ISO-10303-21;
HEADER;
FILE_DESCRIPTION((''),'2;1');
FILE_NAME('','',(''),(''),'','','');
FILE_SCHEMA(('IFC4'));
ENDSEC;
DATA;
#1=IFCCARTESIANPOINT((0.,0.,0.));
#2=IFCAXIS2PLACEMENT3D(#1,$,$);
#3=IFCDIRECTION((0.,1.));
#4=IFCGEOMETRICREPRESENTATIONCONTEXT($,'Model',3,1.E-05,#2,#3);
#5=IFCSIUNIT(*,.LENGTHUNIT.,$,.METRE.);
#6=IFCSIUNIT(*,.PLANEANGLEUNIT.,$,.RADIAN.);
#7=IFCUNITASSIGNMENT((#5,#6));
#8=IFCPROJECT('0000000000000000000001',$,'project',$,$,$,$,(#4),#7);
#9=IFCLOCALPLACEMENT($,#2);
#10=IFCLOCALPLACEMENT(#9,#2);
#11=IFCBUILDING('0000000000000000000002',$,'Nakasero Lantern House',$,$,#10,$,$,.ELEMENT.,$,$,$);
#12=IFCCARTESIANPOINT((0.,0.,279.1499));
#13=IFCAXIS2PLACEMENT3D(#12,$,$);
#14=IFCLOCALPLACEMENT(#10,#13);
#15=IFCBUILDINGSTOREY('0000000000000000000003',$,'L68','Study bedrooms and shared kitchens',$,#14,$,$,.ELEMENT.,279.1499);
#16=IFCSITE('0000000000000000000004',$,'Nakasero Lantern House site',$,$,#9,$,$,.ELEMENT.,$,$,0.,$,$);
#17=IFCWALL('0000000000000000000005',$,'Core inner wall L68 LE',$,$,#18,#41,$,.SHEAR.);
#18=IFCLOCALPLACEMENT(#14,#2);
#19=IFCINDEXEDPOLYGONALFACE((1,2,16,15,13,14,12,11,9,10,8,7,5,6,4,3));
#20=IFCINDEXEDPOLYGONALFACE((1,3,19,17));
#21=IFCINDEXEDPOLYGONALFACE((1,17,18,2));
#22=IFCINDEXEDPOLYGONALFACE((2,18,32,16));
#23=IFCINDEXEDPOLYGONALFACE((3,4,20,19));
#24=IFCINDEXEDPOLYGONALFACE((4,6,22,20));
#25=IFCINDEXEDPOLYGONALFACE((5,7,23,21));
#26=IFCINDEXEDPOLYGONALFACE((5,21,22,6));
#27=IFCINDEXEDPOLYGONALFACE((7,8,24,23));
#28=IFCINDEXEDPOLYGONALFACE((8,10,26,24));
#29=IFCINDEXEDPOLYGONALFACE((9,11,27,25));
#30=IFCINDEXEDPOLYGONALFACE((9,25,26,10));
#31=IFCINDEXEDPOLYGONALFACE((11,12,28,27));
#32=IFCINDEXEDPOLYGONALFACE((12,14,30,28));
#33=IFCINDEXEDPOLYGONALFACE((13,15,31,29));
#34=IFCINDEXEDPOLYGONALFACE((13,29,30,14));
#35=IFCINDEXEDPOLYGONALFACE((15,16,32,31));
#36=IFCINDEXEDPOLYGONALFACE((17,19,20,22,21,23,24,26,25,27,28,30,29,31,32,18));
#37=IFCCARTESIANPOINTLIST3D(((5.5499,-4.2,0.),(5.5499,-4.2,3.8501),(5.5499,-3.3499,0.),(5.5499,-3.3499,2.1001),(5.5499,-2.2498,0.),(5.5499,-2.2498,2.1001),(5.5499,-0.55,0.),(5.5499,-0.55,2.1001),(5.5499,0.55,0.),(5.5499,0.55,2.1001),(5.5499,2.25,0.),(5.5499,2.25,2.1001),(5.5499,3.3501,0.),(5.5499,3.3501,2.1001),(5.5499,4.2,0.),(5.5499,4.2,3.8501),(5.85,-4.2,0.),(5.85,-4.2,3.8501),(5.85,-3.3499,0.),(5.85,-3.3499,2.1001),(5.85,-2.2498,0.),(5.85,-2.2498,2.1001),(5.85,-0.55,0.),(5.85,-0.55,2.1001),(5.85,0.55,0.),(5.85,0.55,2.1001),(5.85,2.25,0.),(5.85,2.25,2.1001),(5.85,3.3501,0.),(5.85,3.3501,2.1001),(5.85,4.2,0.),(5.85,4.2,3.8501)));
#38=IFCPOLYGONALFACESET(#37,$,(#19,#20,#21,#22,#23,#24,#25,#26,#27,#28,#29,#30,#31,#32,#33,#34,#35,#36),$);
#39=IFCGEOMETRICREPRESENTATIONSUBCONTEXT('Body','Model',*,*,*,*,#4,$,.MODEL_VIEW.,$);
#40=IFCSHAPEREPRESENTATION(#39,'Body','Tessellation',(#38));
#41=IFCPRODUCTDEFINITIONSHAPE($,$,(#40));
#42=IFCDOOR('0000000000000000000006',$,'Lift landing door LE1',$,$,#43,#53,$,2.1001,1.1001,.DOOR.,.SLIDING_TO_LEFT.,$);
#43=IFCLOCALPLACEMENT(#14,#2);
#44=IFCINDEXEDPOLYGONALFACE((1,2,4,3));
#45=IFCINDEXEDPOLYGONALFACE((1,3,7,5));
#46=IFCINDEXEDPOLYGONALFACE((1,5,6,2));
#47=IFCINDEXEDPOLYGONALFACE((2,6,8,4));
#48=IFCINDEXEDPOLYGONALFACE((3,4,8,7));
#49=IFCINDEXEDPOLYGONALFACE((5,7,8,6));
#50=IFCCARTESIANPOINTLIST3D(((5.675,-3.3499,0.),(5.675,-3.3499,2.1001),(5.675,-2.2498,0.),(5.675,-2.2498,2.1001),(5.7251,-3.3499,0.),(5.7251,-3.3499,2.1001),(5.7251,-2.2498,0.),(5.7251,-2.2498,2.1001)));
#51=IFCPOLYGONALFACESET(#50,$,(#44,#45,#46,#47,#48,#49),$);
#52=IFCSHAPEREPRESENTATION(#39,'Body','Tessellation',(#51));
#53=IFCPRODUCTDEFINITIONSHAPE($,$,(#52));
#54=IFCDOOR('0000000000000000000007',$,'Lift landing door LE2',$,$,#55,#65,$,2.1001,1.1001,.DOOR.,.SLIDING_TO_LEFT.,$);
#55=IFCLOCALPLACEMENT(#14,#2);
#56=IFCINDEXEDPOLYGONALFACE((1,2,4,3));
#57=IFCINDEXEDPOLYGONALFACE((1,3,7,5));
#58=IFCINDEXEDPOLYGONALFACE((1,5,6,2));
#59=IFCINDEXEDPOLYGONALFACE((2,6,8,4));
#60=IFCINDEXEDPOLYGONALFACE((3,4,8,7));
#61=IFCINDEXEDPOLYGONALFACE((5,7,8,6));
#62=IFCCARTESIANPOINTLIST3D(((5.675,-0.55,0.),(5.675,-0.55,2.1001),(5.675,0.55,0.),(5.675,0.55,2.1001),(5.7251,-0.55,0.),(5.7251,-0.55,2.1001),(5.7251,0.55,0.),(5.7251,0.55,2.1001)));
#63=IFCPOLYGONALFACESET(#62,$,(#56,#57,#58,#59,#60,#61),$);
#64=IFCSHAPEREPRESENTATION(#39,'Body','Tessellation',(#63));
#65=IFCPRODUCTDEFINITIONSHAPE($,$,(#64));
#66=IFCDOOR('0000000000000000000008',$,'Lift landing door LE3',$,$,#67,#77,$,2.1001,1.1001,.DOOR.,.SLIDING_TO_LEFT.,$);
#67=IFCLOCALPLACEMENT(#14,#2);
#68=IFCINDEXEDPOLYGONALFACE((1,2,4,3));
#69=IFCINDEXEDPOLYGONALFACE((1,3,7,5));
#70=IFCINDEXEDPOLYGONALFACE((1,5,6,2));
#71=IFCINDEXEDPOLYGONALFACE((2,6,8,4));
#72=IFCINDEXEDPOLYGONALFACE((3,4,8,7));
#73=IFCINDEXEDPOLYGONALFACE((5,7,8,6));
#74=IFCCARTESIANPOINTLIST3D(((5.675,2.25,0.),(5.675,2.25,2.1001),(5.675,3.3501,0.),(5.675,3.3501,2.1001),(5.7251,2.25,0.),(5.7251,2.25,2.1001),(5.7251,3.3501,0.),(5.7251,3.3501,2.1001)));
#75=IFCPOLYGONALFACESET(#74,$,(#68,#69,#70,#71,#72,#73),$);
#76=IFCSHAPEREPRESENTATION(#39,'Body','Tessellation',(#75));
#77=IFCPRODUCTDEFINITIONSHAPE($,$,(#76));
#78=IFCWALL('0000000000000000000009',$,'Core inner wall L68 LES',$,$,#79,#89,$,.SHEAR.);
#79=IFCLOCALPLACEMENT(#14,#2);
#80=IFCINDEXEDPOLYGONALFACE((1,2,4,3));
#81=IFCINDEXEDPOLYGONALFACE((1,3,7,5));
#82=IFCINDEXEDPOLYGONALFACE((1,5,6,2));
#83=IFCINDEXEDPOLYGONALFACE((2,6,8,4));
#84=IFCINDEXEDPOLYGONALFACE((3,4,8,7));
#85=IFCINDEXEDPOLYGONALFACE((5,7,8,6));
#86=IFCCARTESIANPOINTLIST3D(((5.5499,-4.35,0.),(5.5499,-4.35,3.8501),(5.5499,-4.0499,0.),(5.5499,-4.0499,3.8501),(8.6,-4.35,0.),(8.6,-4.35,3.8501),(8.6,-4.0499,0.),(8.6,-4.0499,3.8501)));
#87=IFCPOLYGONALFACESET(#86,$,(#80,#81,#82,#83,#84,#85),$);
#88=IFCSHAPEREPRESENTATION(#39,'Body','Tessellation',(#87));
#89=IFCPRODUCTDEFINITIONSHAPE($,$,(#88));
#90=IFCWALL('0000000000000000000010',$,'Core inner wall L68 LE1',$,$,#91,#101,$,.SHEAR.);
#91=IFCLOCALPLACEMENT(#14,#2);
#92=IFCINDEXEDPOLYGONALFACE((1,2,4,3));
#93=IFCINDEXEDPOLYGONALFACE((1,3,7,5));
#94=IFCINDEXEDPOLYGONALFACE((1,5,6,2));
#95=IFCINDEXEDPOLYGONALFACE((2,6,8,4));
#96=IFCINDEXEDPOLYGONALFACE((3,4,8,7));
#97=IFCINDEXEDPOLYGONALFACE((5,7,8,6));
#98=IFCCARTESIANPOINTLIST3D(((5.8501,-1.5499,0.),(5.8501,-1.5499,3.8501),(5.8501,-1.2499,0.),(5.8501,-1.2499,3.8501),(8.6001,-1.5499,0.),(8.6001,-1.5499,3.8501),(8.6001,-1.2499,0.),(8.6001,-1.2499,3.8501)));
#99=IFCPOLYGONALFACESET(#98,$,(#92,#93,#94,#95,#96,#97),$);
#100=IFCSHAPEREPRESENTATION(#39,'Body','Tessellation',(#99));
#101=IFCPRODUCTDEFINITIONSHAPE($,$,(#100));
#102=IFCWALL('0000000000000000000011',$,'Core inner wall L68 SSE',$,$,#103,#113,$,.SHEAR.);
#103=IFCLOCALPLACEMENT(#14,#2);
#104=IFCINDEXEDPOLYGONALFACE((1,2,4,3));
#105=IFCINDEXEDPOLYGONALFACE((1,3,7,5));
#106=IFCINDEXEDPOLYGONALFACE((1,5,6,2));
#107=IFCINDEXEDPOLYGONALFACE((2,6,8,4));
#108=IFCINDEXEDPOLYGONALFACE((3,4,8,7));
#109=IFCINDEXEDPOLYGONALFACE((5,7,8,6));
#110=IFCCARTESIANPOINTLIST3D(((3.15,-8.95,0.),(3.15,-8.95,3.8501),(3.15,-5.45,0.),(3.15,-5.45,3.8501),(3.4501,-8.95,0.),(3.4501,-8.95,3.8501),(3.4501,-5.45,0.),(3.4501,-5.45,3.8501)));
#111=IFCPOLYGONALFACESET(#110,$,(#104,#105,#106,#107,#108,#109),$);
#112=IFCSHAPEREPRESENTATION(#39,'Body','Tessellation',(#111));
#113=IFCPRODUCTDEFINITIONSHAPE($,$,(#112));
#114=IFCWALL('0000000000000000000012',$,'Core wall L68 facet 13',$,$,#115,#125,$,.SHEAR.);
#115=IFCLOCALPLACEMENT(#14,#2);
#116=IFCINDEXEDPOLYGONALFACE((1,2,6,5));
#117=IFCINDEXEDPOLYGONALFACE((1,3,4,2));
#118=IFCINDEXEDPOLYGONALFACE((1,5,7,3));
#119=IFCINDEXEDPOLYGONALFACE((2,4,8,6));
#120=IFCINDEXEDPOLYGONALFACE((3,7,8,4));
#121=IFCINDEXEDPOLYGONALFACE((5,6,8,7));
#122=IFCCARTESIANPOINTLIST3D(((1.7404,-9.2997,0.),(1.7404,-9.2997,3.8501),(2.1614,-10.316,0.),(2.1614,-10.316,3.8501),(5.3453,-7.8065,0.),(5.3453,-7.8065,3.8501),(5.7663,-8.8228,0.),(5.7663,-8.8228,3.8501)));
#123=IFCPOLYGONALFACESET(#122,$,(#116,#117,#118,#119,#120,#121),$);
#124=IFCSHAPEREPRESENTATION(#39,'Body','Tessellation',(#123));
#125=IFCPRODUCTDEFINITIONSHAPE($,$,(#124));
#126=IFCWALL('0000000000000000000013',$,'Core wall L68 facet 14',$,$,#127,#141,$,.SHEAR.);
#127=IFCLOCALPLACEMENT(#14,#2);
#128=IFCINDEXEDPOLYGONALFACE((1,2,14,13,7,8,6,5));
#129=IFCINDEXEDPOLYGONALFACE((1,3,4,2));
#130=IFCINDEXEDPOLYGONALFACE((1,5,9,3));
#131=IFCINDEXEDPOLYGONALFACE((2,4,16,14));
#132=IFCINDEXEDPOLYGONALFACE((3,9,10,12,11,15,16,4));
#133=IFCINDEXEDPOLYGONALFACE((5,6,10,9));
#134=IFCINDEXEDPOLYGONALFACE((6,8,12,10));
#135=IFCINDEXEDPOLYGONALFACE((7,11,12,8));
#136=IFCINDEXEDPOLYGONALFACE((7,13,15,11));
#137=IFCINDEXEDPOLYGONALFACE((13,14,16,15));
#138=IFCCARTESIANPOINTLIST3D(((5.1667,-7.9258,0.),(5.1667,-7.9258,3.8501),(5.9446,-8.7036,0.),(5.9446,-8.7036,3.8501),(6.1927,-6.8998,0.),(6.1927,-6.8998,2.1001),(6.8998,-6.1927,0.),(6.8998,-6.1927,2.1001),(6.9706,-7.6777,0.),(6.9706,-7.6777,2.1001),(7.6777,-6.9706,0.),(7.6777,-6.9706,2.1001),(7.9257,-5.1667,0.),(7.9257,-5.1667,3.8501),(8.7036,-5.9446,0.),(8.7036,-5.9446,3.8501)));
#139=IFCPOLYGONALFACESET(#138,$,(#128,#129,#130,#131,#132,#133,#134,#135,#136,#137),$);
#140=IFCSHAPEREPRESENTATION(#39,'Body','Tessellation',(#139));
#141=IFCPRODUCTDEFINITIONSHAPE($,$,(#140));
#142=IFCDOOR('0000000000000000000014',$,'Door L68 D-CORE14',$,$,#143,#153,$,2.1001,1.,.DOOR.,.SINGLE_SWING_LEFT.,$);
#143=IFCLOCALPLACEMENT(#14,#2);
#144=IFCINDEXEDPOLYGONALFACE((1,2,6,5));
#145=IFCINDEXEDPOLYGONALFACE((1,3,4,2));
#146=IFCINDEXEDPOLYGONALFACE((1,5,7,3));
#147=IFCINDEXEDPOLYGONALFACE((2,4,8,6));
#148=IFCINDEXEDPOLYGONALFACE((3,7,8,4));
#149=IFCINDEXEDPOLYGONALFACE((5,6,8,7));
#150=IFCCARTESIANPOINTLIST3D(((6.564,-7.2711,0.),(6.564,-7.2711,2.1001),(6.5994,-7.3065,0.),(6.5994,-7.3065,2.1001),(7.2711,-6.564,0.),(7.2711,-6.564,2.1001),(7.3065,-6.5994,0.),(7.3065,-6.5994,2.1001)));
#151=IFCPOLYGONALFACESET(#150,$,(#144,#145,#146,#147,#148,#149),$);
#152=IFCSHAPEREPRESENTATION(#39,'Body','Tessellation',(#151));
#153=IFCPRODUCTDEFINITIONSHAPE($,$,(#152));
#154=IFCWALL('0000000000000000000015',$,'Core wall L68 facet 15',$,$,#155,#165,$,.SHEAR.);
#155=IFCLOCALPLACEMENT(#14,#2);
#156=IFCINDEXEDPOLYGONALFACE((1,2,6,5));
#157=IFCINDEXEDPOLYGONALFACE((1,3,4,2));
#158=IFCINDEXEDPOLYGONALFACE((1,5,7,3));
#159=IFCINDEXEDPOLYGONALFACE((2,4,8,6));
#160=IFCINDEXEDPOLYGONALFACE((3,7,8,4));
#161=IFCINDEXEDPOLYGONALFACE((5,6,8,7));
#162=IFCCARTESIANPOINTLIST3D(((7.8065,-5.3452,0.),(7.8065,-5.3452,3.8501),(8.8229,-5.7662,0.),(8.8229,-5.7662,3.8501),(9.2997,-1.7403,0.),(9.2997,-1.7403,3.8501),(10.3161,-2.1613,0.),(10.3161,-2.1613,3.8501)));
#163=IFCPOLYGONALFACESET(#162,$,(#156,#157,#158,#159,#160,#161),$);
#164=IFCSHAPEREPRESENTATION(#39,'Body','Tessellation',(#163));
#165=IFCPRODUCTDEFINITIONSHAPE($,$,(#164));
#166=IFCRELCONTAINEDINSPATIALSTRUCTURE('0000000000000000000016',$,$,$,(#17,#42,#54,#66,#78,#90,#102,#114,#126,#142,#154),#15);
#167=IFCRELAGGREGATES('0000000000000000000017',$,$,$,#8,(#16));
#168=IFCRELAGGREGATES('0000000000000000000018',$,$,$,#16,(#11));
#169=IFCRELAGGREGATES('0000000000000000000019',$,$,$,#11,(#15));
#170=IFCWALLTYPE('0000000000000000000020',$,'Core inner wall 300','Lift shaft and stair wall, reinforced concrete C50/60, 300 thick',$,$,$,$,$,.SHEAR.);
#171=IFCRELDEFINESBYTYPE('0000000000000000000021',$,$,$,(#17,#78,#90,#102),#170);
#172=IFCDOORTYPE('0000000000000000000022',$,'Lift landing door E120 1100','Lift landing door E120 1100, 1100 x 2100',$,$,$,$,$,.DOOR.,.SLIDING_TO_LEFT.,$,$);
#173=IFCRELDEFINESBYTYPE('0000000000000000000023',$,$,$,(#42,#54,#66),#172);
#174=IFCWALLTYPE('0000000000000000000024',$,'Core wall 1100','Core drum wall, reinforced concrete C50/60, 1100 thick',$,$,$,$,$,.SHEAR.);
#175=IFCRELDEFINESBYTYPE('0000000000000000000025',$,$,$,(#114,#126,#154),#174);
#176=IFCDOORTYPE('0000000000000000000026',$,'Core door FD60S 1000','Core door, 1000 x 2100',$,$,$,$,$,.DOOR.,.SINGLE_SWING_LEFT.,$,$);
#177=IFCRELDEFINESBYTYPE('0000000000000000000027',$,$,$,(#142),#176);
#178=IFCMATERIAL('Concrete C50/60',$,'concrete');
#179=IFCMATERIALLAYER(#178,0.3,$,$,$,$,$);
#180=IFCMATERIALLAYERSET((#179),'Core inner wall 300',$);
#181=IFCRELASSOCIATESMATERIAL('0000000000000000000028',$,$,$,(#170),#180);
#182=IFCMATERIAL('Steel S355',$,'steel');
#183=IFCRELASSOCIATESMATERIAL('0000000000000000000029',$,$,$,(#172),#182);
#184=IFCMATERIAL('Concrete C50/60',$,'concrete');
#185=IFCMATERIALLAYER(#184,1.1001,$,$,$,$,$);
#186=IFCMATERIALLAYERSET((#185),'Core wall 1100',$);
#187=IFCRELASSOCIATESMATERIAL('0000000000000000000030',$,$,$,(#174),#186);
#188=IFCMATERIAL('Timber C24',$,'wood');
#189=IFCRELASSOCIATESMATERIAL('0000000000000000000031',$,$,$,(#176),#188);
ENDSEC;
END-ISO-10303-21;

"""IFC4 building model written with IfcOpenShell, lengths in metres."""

from ifc_helpers import new_model, si_unit, direction, frame, frame_2d, origin, place, context, subcontext, project, spatial, rectangle, extrude, material, layer, layer_set, type_object, element, fill, save


model = new_model("IFC4")

# Units and contexts
model_context = context("Model", 3, precision=1e-05, world=origin(), true_north=direction((0.0, 1.0)))
body_context = subcontext(model_context, "Body", "Model", "MODEL_VIEW")
ifc_project = project(units=[si_unit("LENGTHUNIT", "METRE"), si_unit("PLANEANGLEUNIT", "RADIAN")], contexts=[model_context])

# Site, building, storey
site_placement = place(None, origin())
site = spatial("IfcSite", under=ifc_project, at=site_placement, Name="Nakasero Lantern House site", CompositionType="ELEMENT", RefElevation=0.0)
building_placement = place(site_placement, origin())
building = spatial("IfcBuilding", under=site, at=building_placement, Name="Nakasero Lantern House", CompositionType="ELEMENT")
storey_placement = place(building_placement, frame((0.0, 0.0, 279.1499)))
storey = spatial("IfcBuildingStorey", under=building, at=storey_placement, Name="L68", Description="Study bedrooms and shared kitchens", CompositionType="ELEMENT", Elevation=279.1499)

# Wall, openings, doors
ifc_material_1 = material(Name="Concrete C50/60", Category="concrete")
ifc_layer_1 = layer(ifc_material_1, 0.3)
ifc_layer_set_1 = layer_set([ifc_layer_1], Name="Core inner wall 300")
wall_type_1 = type_object("IfcWallType", Name="Core inner wall 300", Description="Lift shaft and stair wall, reinforced concrete C50/60, 300 thick", PredefinedType="SHEAR", material=ifc_layer_set_1)
wall_1_placement = place(storey_placement, frame((5.7, -4.2, 0.0), z_axis=(0.0, 0.0, 1.0), x_axis=(0.0, 1.0, 0.0)))
wall_1 = element("IfcWall", 1, at=wall_1_placement, inside=storey, type_object=wall_type_1, Name="Core inner wall L68 LE", PredefinedType="SHEAR", context=body_context, shape_type="SweptSolid", body=[
    extrude(rectangle(XDim=8.3999, YDim=0.3, at=frame_2d((4.2, 0.0))), origin(), (0.0, 0.0, 1.0), 3.8501),
])
opening_1_placement = place(wall_1_placement, frame((0.8501, 0.0, 0.0)))
opening_1 = element("IfcOpeningElement", 2, at=opening_1_placement, cuts=wall_1, PredefinedType="OPENING", context=body_context, shape_type="SweptSolid", body=[
    extrude(rectangle(XDim=1.1001, YDim=2.1001, at=frame_2d((0.55, 1.05))), frame((0.0, 0.1699, 0.0), z_axis=(0.0, -1.0, 0.0), x_axis=(1.0, 0.0, 0.0)), (0.0, 0.0, 1.0), 0.3401),
])
opening_2_placement = place(wall_1_placement, frame((3.6499, 0.0, 0.0)))
opening_2 = element("IfcOpeningElement", 3, at=opening_2_placement, cuts=wall_1, PredefinedType="OPENING", context=body_context, shape_type="SweptSolid", body=[
    extrude(rectangle(XDim=1.1001, YDim=2.1001, at=frame_2d((0.55, 1.05))), frame((0.0, 0.1699, 0.0), z_axis=(0.0, -1.0, 0.0), x_axis=(1.0, 0.0, 0.0)), (0.0, 0.0, 1.0), 0.3401),
])
opening_3_placement = place(wall_1_placement, frame((6.45, 0.0, 0.0)))
opening_3 = element("IfcOpeningElement", 4, at=opening_3_placement, cuts=wall_1, PredefinedType="OPENING", context=body_context, shape_type="SweptSolid", body=[
    extrude(rectangle(XDim=1.1001, YDim=2.1001, at=frame_2d((0.55, 1.05))), frame((0.0, 0.1699, 0.0), z_axis=(0.0, -1.0, 0.0), x_axis=(1.0, 0.0, 0.0)), (0.0, 0.0, 1.0), 0.3401),
])
ifc_material_2 = material(Name="Steel S355", Category="steel")
door_type_1 = type_object("IfcDoorType", Name="Lift landing door E120 1100", Description="Lift landing door E120 1100, 1100 x 2100", OperationType="SLIDING_TO_LEFT", PredefinedType="DOOR", material=ifc_material_2)
door_1_placement = place(opening_1_placement, origin())
door_1 = element("IfcDoor", 5, at=door_1_placement, inside=storey, type_object=door_type_1, Name="Lift landing door LE1", OperationType="SLIDING_TO_LEFT", OverallHeight=2.1001, OverallWidth=1.1001, PredefinedType="DOOR", context=body_context, shape_type="SweptSolid", body=[
    extrude(rectangle(XDim=1.1001, YDim=2.1001, at=frame_2d((0.55, 1.05))), frame((0.0, 0.0249, 0.0), z_axis=(0.0, -1.0, 0.0), x_axis=(1.0, 0.0, 0.0)), (0.0, 0.0, 1.0), 0.05),
])
fill(opening_1, door_1)
door_2_placement = place(opening_2_placement, origin())
door_2 = element("IfcDoor", 6, at=door_2_placement, inside=storey, type_object=door_type_1, Name="Lift landing door LE2", OperationType="SLIDING_TO_LEFT", OverallHeight=2.1001, OverallWidth=1.1001, PredefinedType="DOOR", context=body_context, shape_type="SweptSolid", body=[
    extrude(rectangle(XDim=1.1001, YDim=2.1001, at=frame_2d((0.55, 1.05))), frame((0.0, 0.0249, 0.0), z_axis=(0.0, -1.0, 0.0), x_axis=(1.0, 0.0, 0.0)), (0.0, 0.0, 1.0), 0.05),
])
fill(opening_2, door_2)
door_3_placement = place(opening_3_placement, origin())
door_3 = element("IfcDoor", 7, at=door_3_placement, inside=storey, type_object=door_type_1, Name="Lift landing door LE3", OperationType="SLIDING_TO_LEFT", OverallHeight=2.1001, OverallWidth=1.1001, PredefinedType="DOOR", context=body_context, shape_type="SweptSolid", body=[
    extrude(rectangle(XDim=1.1001, YDim=2.1001, at=frame_2d((0.55, 1.05))), frame((0.0, 0.0249, 0.0), z_axis=(0.0, -1.0, 0.0), x_axis=(1.0, 0.0, 0.0)), (0.0, 0.0, 1.0), 0.05),
])
fill(opening_3, door_3)

# Walls
wall_2_placement = place(storey_placement, frame((5.55, -4.2, 0.0), z_axis=(0.0, 0.0, 1.0), x_axis=(1.0, 0.0, 0.0)))
element("IfcWall", 8, at=wall_2_placement, inside=storey, type_object=wall_type_1, Name="Core inner wall L68 LES", PredefinedType="SHEAR", context=body_context, shape_type="SweptSolid", body=[
    extrude(rectangle(XDim=3.05, YDim=0.3, at=frame_2d((1.5249, 0.0))), origin(), (0.0, 0.0, 1.0), 3.8501),
])
wall_3_placement = place(storey_placement, frame((5.8501, -1.3999, 0.0), z_axis=(0.0, 0.0, 1.0), x_axis=(1.0, 0.0, 0.0)))
element("IfcWall", 9, at=wall_3_placement, inside=storey, type_object=wall_type_1, Name="Core inner wall L68 LE1", PredefinedType="SHEAR", context=body_context, shape_type="SweptSolid", body=[
    extrude(rectangle(XDim=2.75, YDim=0.3, at=frame_2d((1.375, 0.0))), origin(), (0.0, 0.0, 1.0), 3.8501),
])
wall_4_placement = place(storey_placement, frame((3.3, -5.45, 0.0), z_axis=(0.0, 0.0, 1.0), x_axis=(0.0, -1.0, 0.0)))
element("IfcWall", 10, at=wall_4_placement, inside=storey, type_object=wall_type_1, Name="Core inner wall L68 SSE", PredefinedType="SHEAR", context=body_context, shape_type="SweptSolid", body=[
    extrude(rectangle(XDim=3.5, YDim=0.3, at=frame_2d((1.75, 0.0))), origin(), (0.0, 0.0, 1.0), 3.8501),
])
ifc_material_3 = material(Name="Concrete C50/60", Category="concrete")
ifc_layer_2 = layer(ifc_material_3, 1.1001)
ifc_layer_set_2 = layer_set([ifc_layer_2], Name="Core wall 1100")
wall_type_2 = type_object("IfcWallType", Name="Core wall 1100", Description="Core drum wall, reinforced concrete C50/60, 1100 thick", PredefinedType="SHEAR", material=ifc_layer_set_2)
wall_5_placement = place(storey_placement, frame((1.9509, -9.8079, 0.0), z_axis=(0.0, 0.0, 1.0), x_axis=(0.923877, 0.382691, 0.0)))
element("IfcWall", 11, at=wall_5_placement, inside=storey, type_object=wall_type_2, Name="Core wall L68 facet 13", PredefinedType="SHEAR", context=body_context, shape_type="SweptSolid", body=[
    extrude(rectangle(XDim=3.9019, YDim=1.1001, at=frame_2d((1.9509, 0.0))), origin(), (0.0, 0.0, 1.0), 3.8501),
])

# Wall, opening, door
wall_6_placement = place(storey_placement, frame((5.5557, -8.3147, 0.0), z_axis=(0.0, 0.0, 1.0), x_axis=(0.707107, 0.707107, 0.0)))
wall_6 = element("IfcWall", 12, at=wall_6_placement, inside=storey, type_object=wall_type_2, Name="Core wall L68 facet 14", PredefinedType="SHEAR", context=body_context, shape_type="SweptSolid", body=[
    extrude(rectangle(XDim=3.9019, YDim=1.1001, at=frame_2d((1.9509, 0.0))), origin(), (0.0, 0.0, 1.0), 3.8501),
])
opening_4_placement = place(wall_6_placement, frame((1.4509, 0.0, 0.0)))
opening_4 = element("IfcOpeningElement", 13, at=opening_4_placement, cuts=wall_6, PredefinedType="OPENING", context=body_context, shape_type="SweptSolid", body=[
    extrude(rectangle(XDim=1.0, YDim=2.1001, at=frame_2d((0.5, 1.05))), frame((0.0, 0.5701, 0.0), z_axis=(0.0, -1.0, 0.0), x_axis=(1.0, 0.0, 0.0)), (0.0, 0.0, 1.0), 1.1401),
])
ifc_material_4 = material(Name="Timber C24", Category="wood")
door_type_2 = type_object("IfcDoorType", Name="Core door FD60S 1000", Description="Core door, 1000 x 2100", OperationType="SINGLE_SWING_LEFT", PredefinedType="DOOR", material=ifc_material_4)
door_4_placement = place(opening_4_placement, origin())
door_4 = element("IfcDoor", 14, at=door_4_placement, inside=storey, type_object=door_type_2, Name="Door L68 D-CORE14", OperationType="SINGLE_SWING_LEFT", OverallHeight=2.1001, OverallWidth=1.0, PredefinedType="DOOR", context=body_context, shape_type="SweptSolid", body=[
    extrude(rectangle(XDim=1.0, YDim=2.1001, at=frame_2d((0.5, 1.05))), frame((0.0, 0.0249, 0.0), z_axis=(0.0, -1.0, 0.0), x_axis=(1.0, 0.0, 0.0)), (0.0, 0.0, 1.0), 0.05),
])
fill(opening_4, door_4)

# Wall
wall_7_placement = place(storey_placement, frame((8.3147, -5.5557, 0.0), z_axis=(0.0, 0.0, 1.0), x_axis=(0.382691, 0.923877, 0.0)))
element("IfcWall", 15, at=wall_7_placement, inside=storey, type_object=wall_type_2, Name="Core wall L68 facet 15", PredefinedType="SHEAR", context=body_context, shape_type="SweptSolid", body=[
    extrude(rectangle(XDim=3.9019, YDim=1.1001, at=frame_2d((1.9509, 0.0))), origin(), (0.0, 0.0, 1.0), 3.8501),
])

save(model, "model.ifc")
